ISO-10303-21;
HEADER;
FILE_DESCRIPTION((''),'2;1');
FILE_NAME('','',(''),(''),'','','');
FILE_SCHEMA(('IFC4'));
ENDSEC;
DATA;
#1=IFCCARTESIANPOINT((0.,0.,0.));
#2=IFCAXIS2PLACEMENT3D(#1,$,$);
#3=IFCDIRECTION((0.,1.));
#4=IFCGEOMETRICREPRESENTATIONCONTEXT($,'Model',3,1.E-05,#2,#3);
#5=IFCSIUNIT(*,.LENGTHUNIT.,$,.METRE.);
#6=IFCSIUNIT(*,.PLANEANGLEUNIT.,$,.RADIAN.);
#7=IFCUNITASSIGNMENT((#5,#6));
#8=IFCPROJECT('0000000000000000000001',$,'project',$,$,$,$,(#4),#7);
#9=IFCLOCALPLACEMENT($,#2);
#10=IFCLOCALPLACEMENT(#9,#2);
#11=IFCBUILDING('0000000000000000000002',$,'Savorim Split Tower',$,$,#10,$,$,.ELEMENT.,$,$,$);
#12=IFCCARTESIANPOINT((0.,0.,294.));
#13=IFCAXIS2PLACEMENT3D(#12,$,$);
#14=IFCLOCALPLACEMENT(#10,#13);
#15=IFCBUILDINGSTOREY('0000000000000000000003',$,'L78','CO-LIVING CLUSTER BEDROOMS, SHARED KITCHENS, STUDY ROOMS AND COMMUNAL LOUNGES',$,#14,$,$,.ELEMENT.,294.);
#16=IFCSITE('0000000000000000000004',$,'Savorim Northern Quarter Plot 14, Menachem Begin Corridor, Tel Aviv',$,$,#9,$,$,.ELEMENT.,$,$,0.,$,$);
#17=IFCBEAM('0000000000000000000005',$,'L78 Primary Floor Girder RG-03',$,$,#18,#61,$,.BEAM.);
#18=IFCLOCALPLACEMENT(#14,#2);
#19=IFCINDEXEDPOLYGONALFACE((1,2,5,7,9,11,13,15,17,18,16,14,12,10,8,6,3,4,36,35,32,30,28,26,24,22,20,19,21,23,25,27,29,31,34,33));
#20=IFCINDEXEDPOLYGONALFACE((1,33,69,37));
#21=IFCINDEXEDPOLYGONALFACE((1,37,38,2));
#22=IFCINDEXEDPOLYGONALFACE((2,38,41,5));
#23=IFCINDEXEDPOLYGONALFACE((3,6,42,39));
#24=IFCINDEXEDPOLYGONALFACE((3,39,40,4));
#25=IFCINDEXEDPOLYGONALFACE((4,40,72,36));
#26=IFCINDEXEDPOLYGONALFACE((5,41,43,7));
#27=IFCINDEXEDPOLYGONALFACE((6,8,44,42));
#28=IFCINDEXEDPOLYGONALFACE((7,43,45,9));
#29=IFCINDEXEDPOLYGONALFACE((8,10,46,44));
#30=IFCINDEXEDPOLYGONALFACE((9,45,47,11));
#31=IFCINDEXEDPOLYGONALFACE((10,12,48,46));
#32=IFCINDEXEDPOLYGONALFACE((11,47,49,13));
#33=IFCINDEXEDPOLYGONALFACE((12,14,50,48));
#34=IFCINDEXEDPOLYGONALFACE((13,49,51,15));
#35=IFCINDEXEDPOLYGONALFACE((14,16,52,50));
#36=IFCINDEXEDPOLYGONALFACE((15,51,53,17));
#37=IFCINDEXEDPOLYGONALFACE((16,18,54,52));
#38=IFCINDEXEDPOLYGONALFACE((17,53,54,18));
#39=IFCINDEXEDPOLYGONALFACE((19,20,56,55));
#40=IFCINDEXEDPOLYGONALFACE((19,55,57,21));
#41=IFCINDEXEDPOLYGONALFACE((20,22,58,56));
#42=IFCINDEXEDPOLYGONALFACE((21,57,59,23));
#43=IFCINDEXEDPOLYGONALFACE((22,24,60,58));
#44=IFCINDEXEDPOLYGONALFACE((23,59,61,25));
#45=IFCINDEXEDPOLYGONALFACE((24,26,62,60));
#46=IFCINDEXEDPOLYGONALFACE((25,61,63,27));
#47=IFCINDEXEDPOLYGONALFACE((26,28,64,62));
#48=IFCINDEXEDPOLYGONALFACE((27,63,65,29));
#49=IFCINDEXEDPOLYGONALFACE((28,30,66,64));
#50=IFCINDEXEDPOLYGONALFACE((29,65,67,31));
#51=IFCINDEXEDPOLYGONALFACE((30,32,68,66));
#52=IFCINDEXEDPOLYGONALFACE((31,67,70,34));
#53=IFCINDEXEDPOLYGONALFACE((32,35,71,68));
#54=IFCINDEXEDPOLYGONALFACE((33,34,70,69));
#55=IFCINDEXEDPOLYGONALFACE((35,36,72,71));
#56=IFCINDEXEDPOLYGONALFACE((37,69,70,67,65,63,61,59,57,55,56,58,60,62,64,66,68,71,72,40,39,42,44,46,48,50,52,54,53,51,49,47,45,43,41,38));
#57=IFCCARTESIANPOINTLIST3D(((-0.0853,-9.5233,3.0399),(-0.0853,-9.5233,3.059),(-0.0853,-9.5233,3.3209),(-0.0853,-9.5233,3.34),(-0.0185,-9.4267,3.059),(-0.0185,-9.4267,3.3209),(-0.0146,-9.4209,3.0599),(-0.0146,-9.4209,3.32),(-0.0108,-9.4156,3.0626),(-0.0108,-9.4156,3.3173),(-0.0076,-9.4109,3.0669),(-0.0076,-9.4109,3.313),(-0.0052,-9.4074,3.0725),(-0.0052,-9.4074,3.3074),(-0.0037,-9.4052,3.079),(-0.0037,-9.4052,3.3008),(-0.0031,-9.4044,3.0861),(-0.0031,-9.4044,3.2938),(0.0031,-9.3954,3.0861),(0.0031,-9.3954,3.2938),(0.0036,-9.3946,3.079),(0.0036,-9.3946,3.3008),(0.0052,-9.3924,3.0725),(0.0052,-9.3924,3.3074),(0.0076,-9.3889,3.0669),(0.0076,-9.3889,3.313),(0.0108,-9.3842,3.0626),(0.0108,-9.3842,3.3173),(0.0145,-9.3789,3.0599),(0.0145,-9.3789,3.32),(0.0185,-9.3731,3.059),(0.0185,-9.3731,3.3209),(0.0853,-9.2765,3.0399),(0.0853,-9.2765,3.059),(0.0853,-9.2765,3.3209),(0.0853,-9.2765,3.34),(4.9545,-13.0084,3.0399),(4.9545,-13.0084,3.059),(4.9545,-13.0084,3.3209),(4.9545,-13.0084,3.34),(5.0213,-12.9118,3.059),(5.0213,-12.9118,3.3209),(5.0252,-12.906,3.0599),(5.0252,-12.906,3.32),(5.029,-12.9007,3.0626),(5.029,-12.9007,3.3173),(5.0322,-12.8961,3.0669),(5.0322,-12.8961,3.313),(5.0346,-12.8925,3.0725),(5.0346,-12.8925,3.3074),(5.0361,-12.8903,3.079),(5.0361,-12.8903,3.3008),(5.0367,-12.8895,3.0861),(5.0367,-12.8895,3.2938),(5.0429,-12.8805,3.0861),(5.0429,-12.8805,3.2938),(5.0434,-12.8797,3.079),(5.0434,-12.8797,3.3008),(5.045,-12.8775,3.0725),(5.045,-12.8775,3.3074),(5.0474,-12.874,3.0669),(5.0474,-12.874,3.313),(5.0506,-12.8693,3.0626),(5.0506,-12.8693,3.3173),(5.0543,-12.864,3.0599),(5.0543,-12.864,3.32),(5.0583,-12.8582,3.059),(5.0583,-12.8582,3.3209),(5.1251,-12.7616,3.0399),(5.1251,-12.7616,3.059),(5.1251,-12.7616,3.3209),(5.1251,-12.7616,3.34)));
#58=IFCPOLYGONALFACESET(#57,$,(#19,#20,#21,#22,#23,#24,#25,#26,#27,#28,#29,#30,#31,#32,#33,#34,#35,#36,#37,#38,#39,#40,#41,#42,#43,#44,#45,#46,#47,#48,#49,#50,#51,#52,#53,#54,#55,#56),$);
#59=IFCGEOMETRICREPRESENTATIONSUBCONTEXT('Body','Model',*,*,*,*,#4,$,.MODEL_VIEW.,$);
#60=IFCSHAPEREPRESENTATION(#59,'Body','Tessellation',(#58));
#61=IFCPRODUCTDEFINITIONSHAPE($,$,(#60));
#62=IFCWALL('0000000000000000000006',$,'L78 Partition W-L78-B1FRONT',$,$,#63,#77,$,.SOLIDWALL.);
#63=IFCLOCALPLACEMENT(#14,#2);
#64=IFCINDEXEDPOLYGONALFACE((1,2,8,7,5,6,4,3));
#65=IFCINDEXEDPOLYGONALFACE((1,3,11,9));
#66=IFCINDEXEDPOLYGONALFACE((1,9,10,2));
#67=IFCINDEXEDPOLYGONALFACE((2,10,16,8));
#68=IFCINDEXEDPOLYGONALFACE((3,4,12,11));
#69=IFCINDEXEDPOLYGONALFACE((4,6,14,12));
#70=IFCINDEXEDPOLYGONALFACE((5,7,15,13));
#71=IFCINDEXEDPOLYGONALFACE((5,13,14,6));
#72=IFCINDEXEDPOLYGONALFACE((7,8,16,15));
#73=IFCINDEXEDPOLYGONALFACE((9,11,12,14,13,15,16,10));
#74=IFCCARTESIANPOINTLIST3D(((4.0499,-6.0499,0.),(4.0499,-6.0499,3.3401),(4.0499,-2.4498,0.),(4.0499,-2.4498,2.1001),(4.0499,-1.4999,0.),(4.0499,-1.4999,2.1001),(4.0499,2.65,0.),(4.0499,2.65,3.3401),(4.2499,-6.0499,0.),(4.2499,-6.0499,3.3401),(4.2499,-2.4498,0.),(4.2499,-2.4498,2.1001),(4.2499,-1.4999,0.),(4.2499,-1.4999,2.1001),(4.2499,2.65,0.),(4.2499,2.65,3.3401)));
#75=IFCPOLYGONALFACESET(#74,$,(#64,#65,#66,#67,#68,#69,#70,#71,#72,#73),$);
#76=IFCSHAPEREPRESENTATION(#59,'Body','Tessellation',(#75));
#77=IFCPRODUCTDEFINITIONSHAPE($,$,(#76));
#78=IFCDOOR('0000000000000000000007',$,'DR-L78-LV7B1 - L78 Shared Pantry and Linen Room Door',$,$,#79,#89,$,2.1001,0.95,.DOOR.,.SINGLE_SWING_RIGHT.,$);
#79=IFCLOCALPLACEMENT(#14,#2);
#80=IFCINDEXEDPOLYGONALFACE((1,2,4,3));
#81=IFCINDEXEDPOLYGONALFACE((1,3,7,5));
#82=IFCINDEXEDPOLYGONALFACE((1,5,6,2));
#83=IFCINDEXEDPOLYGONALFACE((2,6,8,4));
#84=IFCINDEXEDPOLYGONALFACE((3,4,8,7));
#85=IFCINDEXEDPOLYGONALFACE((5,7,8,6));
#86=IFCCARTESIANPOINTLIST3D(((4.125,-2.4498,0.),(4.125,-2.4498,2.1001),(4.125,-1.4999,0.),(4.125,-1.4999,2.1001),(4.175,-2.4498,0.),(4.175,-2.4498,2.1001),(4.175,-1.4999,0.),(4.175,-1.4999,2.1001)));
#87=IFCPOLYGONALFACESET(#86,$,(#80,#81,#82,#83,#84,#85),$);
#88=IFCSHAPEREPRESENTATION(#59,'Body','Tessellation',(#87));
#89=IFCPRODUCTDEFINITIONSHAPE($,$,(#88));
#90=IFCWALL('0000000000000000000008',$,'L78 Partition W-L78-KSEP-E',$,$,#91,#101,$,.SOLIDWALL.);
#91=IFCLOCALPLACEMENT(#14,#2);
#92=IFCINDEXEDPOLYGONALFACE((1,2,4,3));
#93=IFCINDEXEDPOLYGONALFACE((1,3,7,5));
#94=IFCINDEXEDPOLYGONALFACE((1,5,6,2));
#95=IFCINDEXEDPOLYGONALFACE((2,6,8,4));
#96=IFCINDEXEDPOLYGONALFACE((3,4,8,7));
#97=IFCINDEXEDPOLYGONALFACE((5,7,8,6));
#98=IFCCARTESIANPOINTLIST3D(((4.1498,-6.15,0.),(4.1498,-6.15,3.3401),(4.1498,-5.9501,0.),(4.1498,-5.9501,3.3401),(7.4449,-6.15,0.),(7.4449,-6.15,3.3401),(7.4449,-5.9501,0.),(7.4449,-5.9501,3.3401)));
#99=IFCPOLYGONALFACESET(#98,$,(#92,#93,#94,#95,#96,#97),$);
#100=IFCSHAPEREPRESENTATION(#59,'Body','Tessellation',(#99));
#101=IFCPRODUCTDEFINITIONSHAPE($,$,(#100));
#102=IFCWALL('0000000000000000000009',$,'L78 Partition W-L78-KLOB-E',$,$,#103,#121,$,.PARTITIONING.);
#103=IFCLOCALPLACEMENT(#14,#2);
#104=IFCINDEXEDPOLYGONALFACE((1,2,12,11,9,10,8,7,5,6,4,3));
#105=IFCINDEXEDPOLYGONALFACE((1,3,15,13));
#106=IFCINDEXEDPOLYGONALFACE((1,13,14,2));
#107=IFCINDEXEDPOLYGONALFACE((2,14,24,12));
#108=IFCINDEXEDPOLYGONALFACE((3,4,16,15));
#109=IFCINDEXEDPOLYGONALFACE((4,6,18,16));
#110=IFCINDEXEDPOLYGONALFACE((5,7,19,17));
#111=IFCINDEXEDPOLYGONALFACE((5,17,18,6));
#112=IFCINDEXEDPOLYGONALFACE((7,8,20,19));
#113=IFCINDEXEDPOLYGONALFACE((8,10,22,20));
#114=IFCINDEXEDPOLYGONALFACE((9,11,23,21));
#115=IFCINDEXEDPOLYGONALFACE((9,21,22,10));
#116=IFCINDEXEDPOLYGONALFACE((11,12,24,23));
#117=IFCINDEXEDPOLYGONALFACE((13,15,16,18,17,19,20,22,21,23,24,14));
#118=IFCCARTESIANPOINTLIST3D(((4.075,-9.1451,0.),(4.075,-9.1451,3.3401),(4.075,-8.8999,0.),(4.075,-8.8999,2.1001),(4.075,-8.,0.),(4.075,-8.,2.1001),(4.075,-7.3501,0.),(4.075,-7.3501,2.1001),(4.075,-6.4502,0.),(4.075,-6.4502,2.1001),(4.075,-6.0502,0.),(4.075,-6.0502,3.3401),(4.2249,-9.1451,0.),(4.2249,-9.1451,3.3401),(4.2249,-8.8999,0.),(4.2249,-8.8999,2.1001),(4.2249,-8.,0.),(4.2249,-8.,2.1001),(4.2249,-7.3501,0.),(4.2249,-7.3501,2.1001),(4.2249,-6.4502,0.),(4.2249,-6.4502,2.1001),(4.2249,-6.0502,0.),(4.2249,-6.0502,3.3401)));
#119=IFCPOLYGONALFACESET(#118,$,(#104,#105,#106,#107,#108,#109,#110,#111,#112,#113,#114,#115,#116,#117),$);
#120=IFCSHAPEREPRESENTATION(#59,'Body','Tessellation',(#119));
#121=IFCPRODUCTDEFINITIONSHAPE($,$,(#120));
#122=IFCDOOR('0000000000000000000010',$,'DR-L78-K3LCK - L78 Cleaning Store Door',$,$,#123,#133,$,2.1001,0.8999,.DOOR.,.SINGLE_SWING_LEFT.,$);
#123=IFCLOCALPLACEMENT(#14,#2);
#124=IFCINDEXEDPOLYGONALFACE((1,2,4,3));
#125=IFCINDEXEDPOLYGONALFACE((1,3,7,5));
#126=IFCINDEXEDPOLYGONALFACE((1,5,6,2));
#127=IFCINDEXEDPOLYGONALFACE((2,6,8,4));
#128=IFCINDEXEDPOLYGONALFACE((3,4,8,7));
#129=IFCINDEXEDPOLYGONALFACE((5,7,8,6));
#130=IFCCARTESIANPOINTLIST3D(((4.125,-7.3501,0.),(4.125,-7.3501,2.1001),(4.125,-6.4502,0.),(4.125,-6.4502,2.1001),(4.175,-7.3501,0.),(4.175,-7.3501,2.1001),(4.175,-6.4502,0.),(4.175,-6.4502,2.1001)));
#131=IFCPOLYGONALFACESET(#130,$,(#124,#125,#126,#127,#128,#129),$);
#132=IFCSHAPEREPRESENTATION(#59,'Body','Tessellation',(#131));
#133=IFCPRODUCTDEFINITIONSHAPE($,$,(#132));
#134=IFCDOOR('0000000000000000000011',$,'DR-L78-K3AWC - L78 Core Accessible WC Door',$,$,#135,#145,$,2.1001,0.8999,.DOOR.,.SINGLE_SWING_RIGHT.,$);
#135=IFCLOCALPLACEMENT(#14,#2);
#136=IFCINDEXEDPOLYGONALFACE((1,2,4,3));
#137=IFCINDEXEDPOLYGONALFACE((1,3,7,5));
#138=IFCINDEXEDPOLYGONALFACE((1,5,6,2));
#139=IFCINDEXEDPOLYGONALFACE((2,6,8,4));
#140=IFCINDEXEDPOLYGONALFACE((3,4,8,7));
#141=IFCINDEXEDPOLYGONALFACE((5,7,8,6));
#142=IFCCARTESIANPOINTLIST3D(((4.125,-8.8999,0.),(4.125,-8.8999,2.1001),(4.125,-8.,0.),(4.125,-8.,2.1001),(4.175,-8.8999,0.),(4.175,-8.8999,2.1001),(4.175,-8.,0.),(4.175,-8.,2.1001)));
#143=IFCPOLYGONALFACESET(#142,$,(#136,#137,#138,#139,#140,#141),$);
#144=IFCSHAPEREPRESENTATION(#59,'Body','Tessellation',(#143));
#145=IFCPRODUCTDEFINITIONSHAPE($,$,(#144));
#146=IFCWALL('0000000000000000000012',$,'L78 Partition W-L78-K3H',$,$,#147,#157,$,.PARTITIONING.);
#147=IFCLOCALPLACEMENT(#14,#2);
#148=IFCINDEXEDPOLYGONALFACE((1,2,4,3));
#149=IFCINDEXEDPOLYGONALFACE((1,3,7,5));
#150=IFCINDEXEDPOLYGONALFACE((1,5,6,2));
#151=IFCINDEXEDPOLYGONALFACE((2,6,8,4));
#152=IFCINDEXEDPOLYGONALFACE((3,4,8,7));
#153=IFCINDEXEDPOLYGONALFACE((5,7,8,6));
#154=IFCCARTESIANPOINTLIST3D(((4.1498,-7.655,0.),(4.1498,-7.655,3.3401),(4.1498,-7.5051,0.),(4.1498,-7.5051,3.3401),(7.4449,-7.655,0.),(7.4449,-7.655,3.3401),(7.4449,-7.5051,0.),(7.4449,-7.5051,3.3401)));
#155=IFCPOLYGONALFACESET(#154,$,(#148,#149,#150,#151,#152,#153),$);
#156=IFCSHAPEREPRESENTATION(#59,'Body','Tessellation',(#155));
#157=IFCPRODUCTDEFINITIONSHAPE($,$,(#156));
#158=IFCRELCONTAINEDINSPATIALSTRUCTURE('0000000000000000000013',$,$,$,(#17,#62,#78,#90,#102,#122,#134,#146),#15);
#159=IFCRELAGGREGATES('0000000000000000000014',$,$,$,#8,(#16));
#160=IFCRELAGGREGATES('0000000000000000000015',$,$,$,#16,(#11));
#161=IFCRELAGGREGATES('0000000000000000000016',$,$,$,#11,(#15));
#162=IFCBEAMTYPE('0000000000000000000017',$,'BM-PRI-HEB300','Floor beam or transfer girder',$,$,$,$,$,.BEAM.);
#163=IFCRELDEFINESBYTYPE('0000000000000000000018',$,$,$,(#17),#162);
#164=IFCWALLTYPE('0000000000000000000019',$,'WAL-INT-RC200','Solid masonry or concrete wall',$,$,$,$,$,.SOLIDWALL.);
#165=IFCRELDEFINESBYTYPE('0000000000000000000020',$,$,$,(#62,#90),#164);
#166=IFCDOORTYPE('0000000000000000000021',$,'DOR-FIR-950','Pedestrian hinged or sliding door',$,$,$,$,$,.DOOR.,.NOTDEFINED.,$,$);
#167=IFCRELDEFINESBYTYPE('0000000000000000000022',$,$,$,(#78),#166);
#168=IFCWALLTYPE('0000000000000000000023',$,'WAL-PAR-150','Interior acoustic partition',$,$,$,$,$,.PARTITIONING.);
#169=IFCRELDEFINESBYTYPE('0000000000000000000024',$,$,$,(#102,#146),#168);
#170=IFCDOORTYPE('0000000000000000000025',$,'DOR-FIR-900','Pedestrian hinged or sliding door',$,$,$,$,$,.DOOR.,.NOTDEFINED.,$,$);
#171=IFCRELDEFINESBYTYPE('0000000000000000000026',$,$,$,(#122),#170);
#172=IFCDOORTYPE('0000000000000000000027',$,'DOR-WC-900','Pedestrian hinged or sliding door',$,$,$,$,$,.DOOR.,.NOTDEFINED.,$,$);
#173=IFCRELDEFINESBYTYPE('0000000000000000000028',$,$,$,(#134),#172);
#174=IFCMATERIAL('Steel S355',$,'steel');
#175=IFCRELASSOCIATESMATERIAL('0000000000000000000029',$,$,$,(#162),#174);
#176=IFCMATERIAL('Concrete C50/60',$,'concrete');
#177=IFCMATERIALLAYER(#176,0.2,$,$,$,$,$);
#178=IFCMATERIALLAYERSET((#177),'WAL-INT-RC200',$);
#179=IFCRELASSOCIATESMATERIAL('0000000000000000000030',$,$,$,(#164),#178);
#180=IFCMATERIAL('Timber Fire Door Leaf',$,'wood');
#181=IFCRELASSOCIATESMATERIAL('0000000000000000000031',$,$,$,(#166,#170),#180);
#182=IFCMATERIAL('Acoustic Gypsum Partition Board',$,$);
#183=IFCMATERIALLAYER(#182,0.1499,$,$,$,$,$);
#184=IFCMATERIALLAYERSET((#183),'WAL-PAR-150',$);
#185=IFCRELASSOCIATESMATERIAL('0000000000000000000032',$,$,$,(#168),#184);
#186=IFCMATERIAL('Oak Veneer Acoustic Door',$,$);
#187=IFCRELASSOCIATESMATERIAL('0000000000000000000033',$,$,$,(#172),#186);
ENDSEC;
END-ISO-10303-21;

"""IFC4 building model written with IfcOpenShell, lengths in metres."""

from ifc_helpers import new_model, si_unit, direction, frame, frame_2d, origin, origin_2d, place, context, subcontext, project, spatial, rectangle, i_section, extrude, material, layer, layer_set, material_profile, profile_set, type_object, element, fill, save


model = new_model("IFC4")

# Units and contexts
model_context = context("Model", 3, precision=1e-05, world=origin(), true_north=direction((0.0, 1.0)))
body_context = subcontext(model_context, "Body", "Model", "MODEL_VIEW")
ifc_project = project(units=[si_unit("LENGTHUNIT", "METRE"), si_unit("PLANEANGLEUNIT", "RADIAN")], contexts=[model_context])

# Site, building, storey
site_placement = place(None, origin())
site = spatial("IfcSite", under=ifc_project, at=site_placement, Name="Savorim Northern Quarter Plot 14, Menachem Begin Corridor, Tel Aviv", CompositionType="ELEMENT", RefElevation=0.0)
building_placement = place(site_placement, origin())
building = spatial("IfcBuilding", under=site, at=building_placement, Name="Savorim Split Tower", CompositionType="ELEMENT")
storey_placement = place(building_placement, frame((0.0, 0.0, 294.0)))
storey = spatial("IfcBuildingStorey", under=building, at=storey_placement, Name="L78", Description="CO-LIVING CLUSTER BEDROOMS, SHARED KITCHENS, STUDY ROOMS AND COMMUNAL LOUNGES", CompositionType="ELEMENT", Elevation=294.0)

# Shared definitions
ifc_material_1 = material(Name="Steel S355", Category="steel")

# Beam
ifc_material_profile_1 = material_profile(ifc_material_1, i_section(OverallWidth=0.3, OverallDepth=0.3, WebThickness=0.011, FlangeThickness=0.019, FilletRadius=0.0271, at=origin_2d()), Name="HEB 300")
ifc_profile_set_1 = profile_set([ifc_material_profile_1], Name="Steel S355")
beam_type_1 = type_object("IfcBeamType", Name="BM-PRI-HEB300", Description="Floor beam or transfer girder", PredefinedType="BEAM", material=ifc_profile_set_1)
beam_1_placement = place(storey_placement, frame((5.0398, -12.885, 3.1899), z_axis=(-0.822496, 0.568771, 0.0), x_axis=(-0.568771, -0.822496, 0.0)))
element("IfcBeam", 1, at=beam_1_placement, inside=storey, type_object=beam_type_1, Name="L78 Primary Floor Girder RG-03", PredefinedType="BEAM", context=body_context, shape_type="SweptSolid", body=[
    extrude(i_section(OverallWidth=0.3, OverallDepth=0.3, WebThickness=0.011, FlangeThickness=0.019, FilletRadius=0.0271, at=origin_2d()), origin(), (0.0, 0.0, 1.0), 6.1274),
])

# Wall, opening, door
ifc_material_2 = material(Name="Concrete C50/60", Category="concrete")
ifc_layer_1 = layer(ifc_material_2, 0.2)
ifc_layer_set_1 = layer_set([ifc_layer_1], Name="WAL-INT-RC200")
wall_type_1 = type_object("IfcWallType", Name="WAL-INT-RC200", Description="Solid masonry or concrete wall", PredefinedType="SOLIDWALL", material=ifc_layer_set_1)
wall_1_placement = place(storey_placement, frame((4.1499, -6.05, 0.0), z_axis=(0.0, 0.0, 1.0), x_axis=(0.0, 1.0, 0.0)))
wall_1 = element("IfcWall", 2, at=wall_1_placement, inside=storey, type_object=wall_type_1, Name="L78 Partition W-L78-B1FRONT", PredefinedType="SOLIDWALL", context=body_context, shape_type="SweptSolid", body=[
    extrude(rectangle(XDim=8.7, YDim=0.2, at=frame_2d((4.3501, 0.0))), origin(), (0.0, 0.0, 1.0), 3.3401),
])
opening_1_placement = place(wall_1_placement, frame((3.6001, 0.0, 0.0)))
opening_1 = element("IfcOpeningElement", 3, at=opening_1_placement, cuts=wall_1, PredefinedType="OPENING", context=body_context, shape_type="SweptSolid", body=[
    extrude(rectangle(XDim=0.95, YDim=2.1001, at=frame_2d((0.4751, 1.05))), frame((0.0, 0.1099, 0.0), z_axis=(0.0, -1.0, 0.0), x_axis=(1.0, 0.0, 0.0)), (0.0, 0.0, 1.0), 0.22),
])
ifc_material_3 = material(Name="Timber Fire Door Leaf", Category="wood")
door_type_1 = type_object("IfcDoorType", Name="DOR-FIR-950", Description="Pedestrian hinged or sliding door", OperationType="NOTDEFINED", PredefinedType="DOOR", material=ifc_material_3)
door_1_placement = place(opening_1_placement, origin())
door_1 = element("IfcDoor", 4, at=door_1_placement, inside=storey, type_object=door_type_1, Name="DR-L78-LV7B1 - L78 Shared Pantry and Linen Room Door", OperationType="SINGLE_SWING_RIGHT", OverallHeight=2.1001, OverallWidth=0.95, PredefinedType="DOOR", context=body_context, shape_type="SweptSolid", body=[
    extrude(rectangle(XDim=0.95, YDim=2.1001, at=frame_2d((0.4751, 1.05))), frame((0.0, 0.0249, 0.0), z_axis=(0.0, -1.0, 0.0), x_axis=(1.0, 0.0, 0.0)), (0.0, 0.0, 1.0), 0.05),
])
fill(opening_1, door_1)

# Wall
wall_2_placement = place(storey_placement, frame((4.1499, -6.05, 0.0), z_axis=(0.0, 0.0, 1.0), x_axis=(1.0, 0.0, 0.0)))
element("IfcWall", 5, at=wall_2_placement, inside=storey, type_object=wall_type_1, Name="L78 Partition W-L78-KSEP-E", PredefinedType="SOLIDWALL", context=body_context, shape_type="SweptSolid", body=[
    extrude(rectangle(XDim=3.2952, YDim=0.2, at=frame_2d((1.6475, 0.0))), origin(), (0.0, 0.0, 1.0), 3.3401),
])

# Wall, openings, doors
ifc_material_4 = material(Name="Acoustic Gypsum Partition Board")
ifc_layer_2 = layer(ifc_material_4, 0.1499)
ifc_layer_set_2 = layer_set([ifc_layer_2], Name="WAL-PAR-150")
wall_type_2 = type_object("IfcWallType", Name="WAL-PAR-150", Description="Interior acoustic partition", PredefinedType="PARTITIONING", material=ifc_layer_set_2)
wall_3_placement = place(storey_placement, frame((4.1499, -9.145, 0.0), z_axis=(0.0, 0.0, 1.0), x_axis=(0.0, 1.0, 0.0)))
wall_3 = element("IfcWall", 6, at=wall_3_placement, inside=storey, type_object=wall_type_2, Name="L78 Partition W-L78-KLOB-E", PredefinedType="PARTITIONING", context=body_context, shape_type="SweptSolid", body=[
    extrude(rectangle(XDim=3.095, YDim=0.1499, at=frame_2d((1.5474, 0.0))), origin(), (0.0, 0.0, 1.0), 3.3401),
])
opening_2_placement = place(wall_3_placement, frame((0.2451, 0.0, 0.0)))
opening_2 = element("IfcOpeningElement", 7, at=opening_2_placement, cuts=wall_3, PredefinedType="OPENING", context=body_context, shape_type="SweptSolid", body=[
    extrude(rectangle(XDim=0.8999, YDim=2.1001, at=frame_2d((0.45, 1.05))), frame((0.0, 0.085, 0.0), z_axis=(0.0, -1.0, 0.0), x_axis=(1.0, 0.0, 0.0)), (0.0, 0.0, 1.0), 0.1699),
])
opening_3_placement = place(wall_3_placement, frame((1.7949, 0.0, 0.0)))
opening_3 = element("IfcOpeningElement", 8, at=opening_3_placement, cuts=wall_3, PredefinedType="OPENING", context=body_context, shape_type="SweptSolid", body=[
    extrude(rectangle(XDim=0.8999, YDim=2.1001, at=frame_2d((0.45, 1.05))), frame((0.0, 0.085, 0.0), z_axis=(0.0, -1.0, 0.0), x_axis=(1.0, 0.0, 0.0)), (0.0, 0.0, 1.0), 0.1699),
])
door_type_2 = type_object("IfcDoorType", Name="DOR-FIR-900", Description="Pedestrian hinged or sliding door", OperationType="NOTDEFINED", PredefinedType="DOOR", material=ifc_material_3)
door_2_placement = place(opening_3_placement, origin())
door_2 = element("IfcDoor", 9, at=door_2_placement, inside=storey, type_object=door_type_2, Name="DR-L78-K3LCK - L78 Cleaning Store Door", OperationType="SINGLE_SWING_LEFT", OverallHeight=2.1001, OverallWidth=0.8999, PredefinedType="DOOR", context=body_context, shape_type="SweptSolid", body=[
    extrude(rectangle(XDim=0.8999, YDim=2.1001, at=frame_2d((0.45, 1.05))), frame((0.0, 0.0249, 0.0), z_axis=(0.0, -1.0, 0.0), x_axis=(1.0, 0.0, 0.0)), (0.0, 0.0, 1.0), 0.05),
])
fill(opening_3, door_2)
ifc_material_5 = material(Name="Oak Veneer Acoustic Door")
door_type_3 = type_object("IfcDoorType", Name="DOR-WC-900", Description="Pedestrian hinged or sliding door", OperationType="NOTDEFINED", PredefinedType="DOOR", material=ifc_material_5)
door_3_placement = place(opening_2_placement, origin())
door_3 = element("IfcDoor", 10, at=door_3_placement, inside=storey, type_object=door_type_3, Name="DR-L78-K3AWC - L78 Core Accessible WC Door", OperationType="SINGLE_SWING_RIGHT", OverallHeight=2.1001, OverallWidth=0.8999, PredefinedType="DOOR", context=body_context, shape_type="SweptSolid", body=[
    extrude(rectangle(XDim=0.8999, YDim=2.1001, at=frame_2d((0.45, 1.05))), frame((0.0, 0.0249, 0.0), z_axis=(0.0, -1.0, 0.0), x_axis=(1.0, 0.0, 0.0)), (0.0, 0.0, 1.0), 0.05),
])
fill(opening_2, door_3)

# Wall
wall_4_placement = place(storey_placement, frame((4.1499, -7.5801, 0.0), z_axis=(0.0, 0.0, 1.0), x_axis=(1.0, 0.0, 0.0)))
element("IfcWall", 11, at=wall_4_placement, inside=storey, type_object=wall_type_2, Name="L78 Partition W-L78-K3H", PredefinedType="PARTITIONING", context=body_context, shape_type="SweptSolid", body=[
    extrude(rectangle(XDim=3.2952, YDim=0.1499, at=frame_2d((1.6475, 0.0))), origin(), (0.0, 0.0, 1.0), 3.3401),
])

save(model, "model.ifc")
